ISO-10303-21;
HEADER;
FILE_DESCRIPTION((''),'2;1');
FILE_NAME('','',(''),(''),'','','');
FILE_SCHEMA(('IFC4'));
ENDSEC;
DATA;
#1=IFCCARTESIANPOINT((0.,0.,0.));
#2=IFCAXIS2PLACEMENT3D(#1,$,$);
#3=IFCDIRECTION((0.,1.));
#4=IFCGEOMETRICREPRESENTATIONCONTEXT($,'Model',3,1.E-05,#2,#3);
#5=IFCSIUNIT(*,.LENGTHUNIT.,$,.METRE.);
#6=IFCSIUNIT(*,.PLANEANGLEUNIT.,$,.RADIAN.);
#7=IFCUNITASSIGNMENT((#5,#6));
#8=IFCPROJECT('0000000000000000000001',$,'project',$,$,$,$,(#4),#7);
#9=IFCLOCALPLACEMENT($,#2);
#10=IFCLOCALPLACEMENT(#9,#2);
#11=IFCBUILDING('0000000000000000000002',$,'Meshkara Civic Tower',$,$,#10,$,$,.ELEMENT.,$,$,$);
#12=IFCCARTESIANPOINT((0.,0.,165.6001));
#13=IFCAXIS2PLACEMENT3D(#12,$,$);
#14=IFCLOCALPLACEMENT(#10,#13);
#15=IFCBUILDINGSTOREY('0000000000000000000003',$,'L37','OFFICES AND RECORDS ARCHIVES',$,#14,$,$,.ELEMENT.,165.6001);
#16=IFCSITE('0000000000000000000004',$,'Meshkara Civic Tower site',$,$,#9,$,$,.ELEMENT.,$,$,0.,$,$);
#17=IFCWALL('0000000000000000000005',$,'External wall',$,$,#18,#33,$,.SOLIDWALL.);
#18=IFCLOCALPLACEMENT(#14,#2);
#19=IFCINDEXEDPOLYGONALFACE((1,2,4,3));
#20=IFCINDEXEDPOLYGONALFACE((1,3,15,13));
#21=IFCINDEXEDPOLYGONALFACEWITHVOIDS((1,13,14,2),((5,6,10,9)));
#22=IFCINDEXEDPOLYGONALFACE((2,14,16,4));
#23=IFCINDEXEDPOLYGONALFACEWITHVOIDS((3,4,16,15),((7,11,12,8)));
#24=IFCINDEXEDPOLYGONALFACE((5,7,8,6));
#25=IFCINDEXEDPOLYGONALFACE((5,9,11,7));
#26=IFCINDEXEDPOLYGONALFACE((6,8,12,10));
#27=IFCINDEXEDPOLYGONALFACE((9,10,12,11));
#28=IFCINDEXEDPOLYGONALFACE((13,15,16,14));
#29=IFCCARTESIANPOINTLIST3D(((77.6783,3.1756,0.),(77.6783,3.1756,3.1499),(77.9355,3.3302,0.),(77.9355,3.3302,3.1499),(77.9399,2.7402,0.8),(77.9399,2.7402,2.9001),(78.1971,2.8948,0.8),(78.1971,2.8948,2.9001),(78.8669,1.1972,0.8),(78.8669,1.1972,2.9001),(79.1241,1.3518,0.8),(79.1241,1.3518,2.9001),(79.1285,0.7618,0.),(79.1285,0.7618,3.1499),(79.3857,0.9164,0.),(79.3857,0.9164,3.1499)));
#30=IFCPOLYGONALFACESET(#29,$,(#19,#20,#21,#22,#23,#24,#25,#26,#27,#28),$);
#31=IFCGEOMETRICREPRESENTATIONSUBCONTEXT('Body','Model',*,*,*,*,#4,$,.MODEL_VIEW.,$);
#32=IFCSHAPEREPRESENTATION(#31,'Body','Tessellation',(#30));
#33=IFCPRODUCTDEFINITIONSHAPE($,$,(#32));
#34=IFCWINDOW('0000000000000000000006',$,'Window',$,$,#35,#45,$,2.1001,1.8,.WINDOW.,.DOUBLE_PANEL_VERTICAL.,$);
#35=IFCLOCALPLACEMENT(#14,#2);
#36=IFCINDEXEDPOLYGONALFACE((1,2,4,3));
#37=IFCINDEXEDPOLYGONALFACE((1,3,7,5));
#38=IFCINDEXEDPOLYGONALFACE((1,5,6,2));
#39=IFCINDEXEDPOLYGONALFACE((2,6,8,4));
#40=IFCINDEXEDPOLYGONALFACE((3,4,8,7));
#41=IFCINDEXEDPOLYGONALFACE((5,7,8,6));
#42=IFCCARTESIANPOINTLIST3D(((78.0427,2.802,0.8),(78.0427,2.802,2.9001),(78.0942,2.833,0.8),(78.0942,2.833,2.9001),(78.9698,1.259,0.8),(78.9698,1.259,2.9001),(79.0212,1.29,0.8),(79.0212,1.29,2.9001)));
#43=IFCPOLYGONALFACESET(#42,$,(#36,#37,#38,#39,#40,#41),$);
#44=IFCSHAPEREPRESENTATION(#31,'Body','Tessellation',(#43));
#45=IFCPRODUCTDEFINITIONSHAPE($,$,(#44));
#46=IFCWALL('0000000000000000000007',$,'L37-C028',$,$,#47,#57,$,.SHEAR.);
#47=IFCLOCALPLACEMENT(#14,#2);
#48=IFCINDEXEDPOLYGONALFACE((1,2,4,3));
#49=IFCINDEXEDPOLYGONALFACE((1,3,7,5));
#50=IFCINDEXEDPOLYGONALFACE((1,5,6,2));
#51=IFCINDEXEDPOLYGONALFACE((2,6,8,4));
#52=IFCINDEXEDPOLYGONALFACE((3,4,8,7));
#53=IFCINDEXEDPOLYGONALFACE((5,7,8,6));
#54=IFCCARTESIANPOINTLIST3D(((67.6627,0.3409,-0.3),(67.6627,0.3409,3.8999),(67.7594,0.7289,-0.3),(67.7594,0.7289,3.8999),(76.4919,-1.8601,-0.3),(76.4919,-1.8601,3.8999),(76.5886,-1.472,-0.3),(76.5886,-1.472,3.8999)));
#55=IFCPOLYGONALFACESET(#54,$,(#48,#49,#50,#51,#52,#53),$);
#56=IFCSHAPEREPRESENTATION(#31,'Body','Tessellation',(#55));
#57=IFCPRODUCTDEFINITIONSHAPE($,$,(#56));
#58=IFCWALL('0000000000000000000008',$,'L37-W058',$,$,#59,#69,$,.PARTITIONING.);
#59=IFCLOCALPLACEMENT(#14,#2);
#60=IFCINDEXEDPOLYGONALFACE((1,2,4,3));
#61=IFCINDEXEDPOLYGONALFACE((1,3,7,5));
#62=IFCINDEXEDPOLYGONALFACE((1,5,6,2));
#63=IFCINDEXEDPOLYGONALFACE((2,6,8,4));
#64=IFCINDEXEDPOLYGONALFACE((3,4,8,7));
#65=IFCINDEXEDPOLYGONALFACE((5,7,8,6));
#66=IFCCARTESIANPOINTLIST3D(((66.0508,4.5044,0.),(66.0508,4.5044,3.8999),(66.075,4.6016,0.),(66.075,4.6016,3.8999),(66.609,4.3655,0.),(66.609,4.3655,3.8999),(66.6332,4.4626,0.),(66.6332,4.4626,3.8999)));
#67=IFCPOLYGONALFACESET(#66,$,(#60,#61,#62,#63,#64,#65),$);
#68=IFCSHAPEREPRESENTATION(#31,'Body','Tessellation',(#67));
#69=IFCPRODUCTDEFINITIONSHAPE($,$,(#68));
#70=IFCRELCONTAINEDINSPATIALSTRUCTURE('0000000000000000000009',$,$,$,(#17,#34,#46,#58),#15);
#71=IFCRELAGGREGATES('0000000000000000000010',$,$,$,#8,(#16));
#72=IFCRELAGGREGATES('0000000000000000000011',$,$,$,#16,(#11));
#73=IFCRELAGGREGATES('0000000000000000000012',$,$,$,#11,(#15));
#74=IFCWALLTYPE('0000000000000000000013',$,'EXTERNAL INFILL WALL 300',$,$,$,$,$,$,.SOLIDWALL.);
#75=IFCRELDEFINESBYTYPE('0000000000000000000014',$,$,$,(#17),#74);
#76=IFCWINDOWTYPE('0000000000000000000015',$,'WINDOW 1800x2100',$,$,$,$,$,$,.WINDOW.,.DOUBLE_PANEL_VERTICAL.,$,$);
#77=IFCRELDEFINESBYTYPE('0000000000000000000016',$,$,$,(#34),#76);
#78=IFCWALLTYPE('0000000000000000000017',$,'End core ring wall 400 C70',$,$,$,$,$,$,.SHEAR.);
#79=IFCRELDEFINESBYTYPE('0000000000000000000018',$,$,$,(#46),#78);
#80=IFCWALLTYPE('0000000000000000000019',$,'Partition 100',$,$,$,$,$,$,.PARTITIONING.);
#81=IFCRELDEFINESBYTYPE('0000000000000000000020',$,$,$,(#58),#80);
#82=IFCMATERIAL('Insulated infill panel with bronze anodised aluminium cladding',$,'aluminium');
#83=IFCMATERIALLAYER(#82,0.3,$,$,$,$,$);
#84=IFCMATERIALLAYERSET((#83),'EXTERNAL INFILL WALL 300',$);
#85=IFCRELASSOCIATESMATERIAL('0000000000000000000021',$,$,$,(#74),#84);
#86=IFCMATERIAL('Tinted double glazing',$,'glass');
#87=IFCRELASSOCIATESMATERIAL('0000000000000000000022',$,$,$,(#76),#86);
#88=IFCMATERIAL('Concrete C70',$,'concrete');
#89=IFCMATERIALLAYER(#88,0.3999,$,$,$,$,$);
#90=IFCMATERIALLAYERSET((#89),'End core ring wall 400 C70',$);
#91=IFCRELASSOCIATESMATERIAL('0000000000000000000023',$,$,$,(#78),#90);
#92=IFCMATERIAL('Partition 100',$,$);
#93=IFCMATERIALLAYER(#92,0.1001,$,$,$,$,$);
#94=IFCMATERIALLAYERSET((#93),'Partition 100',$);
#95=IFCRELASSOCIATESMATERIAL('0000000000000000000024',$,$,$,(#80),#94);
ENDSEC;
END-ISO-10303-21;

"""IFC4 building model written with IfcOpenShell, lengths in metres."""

from ifc_helpers import new_model, si_unit, direction, frame, frame_2d, origin, place, context, subcontext, project, spatial, rectangle, extrude, material, layer, layer_set, type_object, element, fill, save


model = new_model("IFC4")

# Units and contexts
model_context = context("Model", 3, precision=1e-05, world=origin(), true_north=direction((0.0, 1.0)))
body_context = subcontext(model_context, "Body", "Model", "MODEL_VIEW")
ifc_project = project(units=[si_unit("LENGTHUNIT", "METRE"), si_unit("PLANEANGLEUNIT", "RADIAN")], contexts=[model_context])

# Site, building, storey
site_placement = place(None, origin())
site = spatial("IfcSite", under=ifc_project, at=site_placement, Name="Meshkara Civic Tower site", CompositionType="ELEMENT", RefElevation=0.0)
building_placement = place(site_placement, origin())
building = spatial("IfcBuilding", under=site, at=building_placement, Name="Meshkara Civic Tower", CompositionType="ELEMENT")
storey_placement = place(building_placement, frame((0.0, 0.0, 165.6001)))
storey = spatial("IfcBuildingStorey", under=building, at=storey_placement, Name="L37", Description="OFFICES AND RECORDS ARCHIVES", CompositionType="ELEMENT", Elevation=165.6001)

# Wall, opening, window
ifc_material_1 = material(Name="Insulated infill panel with bronze anodised aluminium cladding", Category="aluminium")
ifc_layer_1 = layer(ifc_material_1, 0.3)
ifc_layer_set_1 = layer_set([ifc_layer_1], Name="EXTERNAL INFILL WALL 300")
wall_type_1 = type_object("IfcWallType", Name="EXTERNAL INFILL WALL 300", PredefinedType="SOLIDWALL", material=ifc_layer_set_1)
ifc_material_2 = material(Name="Tinted double glazing", Category="glass")
window_type_1 = type_object("IfcWindowType", Name="WINDOW 1800x2100", PartitioningType="DOUBLE_PANEL_VERTICAL", PredefinedType="WINDOW", material=ifc_material_2)
wall_1_placement = place(storey_placement, frame((79.2571, 0.8391, 0.0), z_axis=(0.0, 0.0, 1.0), x_axis=(-0.514993, 0.857194, 0.0)))
wall_1 = element("IfcWall", 1, at=wall_1_placement, inside=storey, type_object=wall_type_1, Name="External wall", PredefinedType="SOLIDWALL", context=body_context, shape_type="SweptSolid", body=[
    extrude(rectangle(XDim=2.8159, YDim=0.3, at=frame_2d((1.408, 0.0))), origin(), (0.0, 0.0, 1.0), 3.1499),
])
opening_1_placement = place(wall_1_placement, frame((0.5081, 0.0, 0.8)))
opening_1 = element("IfcOpeningElement", 2, at=opening_1_placement, cuts=wall_1, PredefinedType="OPENING", context=body_context, shape_type="SweptSolid", body=[
    extrude(rectangle(XDim=1.8, YDim=2.1001, at=frame_2d((0.8999, 1.05))), frame((0.0, 0.1599, 0.0), z_axis=(0.0, -1.0, 0.0), x_axis=(1.0, 0.0, 0.0)), (0.0, 0.0, 1.0), 0.3201),
])
window_1_placement = place(opening_1_placement, origin())
window_1 = element("IfcWindow", 3, at=window_1_placement, inside=storey, type_object=window_type_1, Name="Window", OverallHeight=2.1001, OverallWidth=1.8, PartitioningType="DOUBLE_PANEL_VERTICAL", PredefinedType="WINDOW", context=body_context, shape_type="SweptSolid", body=[
    extrude(rectangle(XDim=1.8, YDim=2.1001, at=frame_2d((0.8999, 1.05))), frame((0.0, 0.03, 0.0), z_axis=(0.0, -1.0, 0.0), x_axis=(1.0, 0.0, 0.0)), (0.0, 0.0, 1.0), 0.0601),
])
fill(opening_1, window_1)

# Walls
ifc_material_3 = material(Name="Concrete C70", Category="concrete")
ifc_layer_2 = layer(ifc_material_3, 0.3999)
ifc_layer_set_2 = layer_set([ifc_layer_2], Name="End core ring wall 400 C70")
wall_type_2 = type_object("IfcWallType", Name="End core ring wall 400 C70", PredefinedType="SHEAR", material=ifc_layer_set_2)
wall_2_placement = place(storey_placement, frame((67.7109, 0.5349, -0.3), z_axis=(0.0, 0.0, 1.0), x_axis=(0.970306, -0.241879, 0.0)))
element("IfcWall", 4, at=wall_2_placement, inside=storey, type_object=wall_type_2, Name="L37-C028", PredefinedType="SHEAR", context=body_context, shape_type="SweptSolid", body=[
    extrude(rectangle(XDim=9.0994, YDim=0.3999, at=frame_2d((4.5498, 0.0))), origin(), (0.0, 0.0, 1.0), 4.2),
])
ifc_material_4 = material(Name="Partition 100")
ifc_layer_3 = layer(ifc_material_4, 0.1001)
ifc_layer_set_3 = layer_set([ifc_layer_3], Name="Partition 100")
wall_type_3 = type_object("IfcWallType", Name="Partition 100", PredefinedType="PARTITIONING", material=ifc_layer_set_3)
wall_3_placement = place(storey_placement, frame((66.6211, 4.4141, 0.0), z_axis=(0.0, 0.0, 1.0), x_axis=(-0.970392, 0.241537, 0.0)))
element("IfcWall", 5, at=wall_3_placement, inside=storey, type_object=wall_type_3, Name="L37-W058", PredefinedType="PARTITIONING", context=body_context, shape_type="SweptSolid", body=[
    extrude(rectangle(XDim=0.5752, YDim=0.1001, at=frame_2d((0.2876, 0.0))), origin(), (0.0, 0.0, 1.0), 3.8999),
])

save(model, "model.ifc")
